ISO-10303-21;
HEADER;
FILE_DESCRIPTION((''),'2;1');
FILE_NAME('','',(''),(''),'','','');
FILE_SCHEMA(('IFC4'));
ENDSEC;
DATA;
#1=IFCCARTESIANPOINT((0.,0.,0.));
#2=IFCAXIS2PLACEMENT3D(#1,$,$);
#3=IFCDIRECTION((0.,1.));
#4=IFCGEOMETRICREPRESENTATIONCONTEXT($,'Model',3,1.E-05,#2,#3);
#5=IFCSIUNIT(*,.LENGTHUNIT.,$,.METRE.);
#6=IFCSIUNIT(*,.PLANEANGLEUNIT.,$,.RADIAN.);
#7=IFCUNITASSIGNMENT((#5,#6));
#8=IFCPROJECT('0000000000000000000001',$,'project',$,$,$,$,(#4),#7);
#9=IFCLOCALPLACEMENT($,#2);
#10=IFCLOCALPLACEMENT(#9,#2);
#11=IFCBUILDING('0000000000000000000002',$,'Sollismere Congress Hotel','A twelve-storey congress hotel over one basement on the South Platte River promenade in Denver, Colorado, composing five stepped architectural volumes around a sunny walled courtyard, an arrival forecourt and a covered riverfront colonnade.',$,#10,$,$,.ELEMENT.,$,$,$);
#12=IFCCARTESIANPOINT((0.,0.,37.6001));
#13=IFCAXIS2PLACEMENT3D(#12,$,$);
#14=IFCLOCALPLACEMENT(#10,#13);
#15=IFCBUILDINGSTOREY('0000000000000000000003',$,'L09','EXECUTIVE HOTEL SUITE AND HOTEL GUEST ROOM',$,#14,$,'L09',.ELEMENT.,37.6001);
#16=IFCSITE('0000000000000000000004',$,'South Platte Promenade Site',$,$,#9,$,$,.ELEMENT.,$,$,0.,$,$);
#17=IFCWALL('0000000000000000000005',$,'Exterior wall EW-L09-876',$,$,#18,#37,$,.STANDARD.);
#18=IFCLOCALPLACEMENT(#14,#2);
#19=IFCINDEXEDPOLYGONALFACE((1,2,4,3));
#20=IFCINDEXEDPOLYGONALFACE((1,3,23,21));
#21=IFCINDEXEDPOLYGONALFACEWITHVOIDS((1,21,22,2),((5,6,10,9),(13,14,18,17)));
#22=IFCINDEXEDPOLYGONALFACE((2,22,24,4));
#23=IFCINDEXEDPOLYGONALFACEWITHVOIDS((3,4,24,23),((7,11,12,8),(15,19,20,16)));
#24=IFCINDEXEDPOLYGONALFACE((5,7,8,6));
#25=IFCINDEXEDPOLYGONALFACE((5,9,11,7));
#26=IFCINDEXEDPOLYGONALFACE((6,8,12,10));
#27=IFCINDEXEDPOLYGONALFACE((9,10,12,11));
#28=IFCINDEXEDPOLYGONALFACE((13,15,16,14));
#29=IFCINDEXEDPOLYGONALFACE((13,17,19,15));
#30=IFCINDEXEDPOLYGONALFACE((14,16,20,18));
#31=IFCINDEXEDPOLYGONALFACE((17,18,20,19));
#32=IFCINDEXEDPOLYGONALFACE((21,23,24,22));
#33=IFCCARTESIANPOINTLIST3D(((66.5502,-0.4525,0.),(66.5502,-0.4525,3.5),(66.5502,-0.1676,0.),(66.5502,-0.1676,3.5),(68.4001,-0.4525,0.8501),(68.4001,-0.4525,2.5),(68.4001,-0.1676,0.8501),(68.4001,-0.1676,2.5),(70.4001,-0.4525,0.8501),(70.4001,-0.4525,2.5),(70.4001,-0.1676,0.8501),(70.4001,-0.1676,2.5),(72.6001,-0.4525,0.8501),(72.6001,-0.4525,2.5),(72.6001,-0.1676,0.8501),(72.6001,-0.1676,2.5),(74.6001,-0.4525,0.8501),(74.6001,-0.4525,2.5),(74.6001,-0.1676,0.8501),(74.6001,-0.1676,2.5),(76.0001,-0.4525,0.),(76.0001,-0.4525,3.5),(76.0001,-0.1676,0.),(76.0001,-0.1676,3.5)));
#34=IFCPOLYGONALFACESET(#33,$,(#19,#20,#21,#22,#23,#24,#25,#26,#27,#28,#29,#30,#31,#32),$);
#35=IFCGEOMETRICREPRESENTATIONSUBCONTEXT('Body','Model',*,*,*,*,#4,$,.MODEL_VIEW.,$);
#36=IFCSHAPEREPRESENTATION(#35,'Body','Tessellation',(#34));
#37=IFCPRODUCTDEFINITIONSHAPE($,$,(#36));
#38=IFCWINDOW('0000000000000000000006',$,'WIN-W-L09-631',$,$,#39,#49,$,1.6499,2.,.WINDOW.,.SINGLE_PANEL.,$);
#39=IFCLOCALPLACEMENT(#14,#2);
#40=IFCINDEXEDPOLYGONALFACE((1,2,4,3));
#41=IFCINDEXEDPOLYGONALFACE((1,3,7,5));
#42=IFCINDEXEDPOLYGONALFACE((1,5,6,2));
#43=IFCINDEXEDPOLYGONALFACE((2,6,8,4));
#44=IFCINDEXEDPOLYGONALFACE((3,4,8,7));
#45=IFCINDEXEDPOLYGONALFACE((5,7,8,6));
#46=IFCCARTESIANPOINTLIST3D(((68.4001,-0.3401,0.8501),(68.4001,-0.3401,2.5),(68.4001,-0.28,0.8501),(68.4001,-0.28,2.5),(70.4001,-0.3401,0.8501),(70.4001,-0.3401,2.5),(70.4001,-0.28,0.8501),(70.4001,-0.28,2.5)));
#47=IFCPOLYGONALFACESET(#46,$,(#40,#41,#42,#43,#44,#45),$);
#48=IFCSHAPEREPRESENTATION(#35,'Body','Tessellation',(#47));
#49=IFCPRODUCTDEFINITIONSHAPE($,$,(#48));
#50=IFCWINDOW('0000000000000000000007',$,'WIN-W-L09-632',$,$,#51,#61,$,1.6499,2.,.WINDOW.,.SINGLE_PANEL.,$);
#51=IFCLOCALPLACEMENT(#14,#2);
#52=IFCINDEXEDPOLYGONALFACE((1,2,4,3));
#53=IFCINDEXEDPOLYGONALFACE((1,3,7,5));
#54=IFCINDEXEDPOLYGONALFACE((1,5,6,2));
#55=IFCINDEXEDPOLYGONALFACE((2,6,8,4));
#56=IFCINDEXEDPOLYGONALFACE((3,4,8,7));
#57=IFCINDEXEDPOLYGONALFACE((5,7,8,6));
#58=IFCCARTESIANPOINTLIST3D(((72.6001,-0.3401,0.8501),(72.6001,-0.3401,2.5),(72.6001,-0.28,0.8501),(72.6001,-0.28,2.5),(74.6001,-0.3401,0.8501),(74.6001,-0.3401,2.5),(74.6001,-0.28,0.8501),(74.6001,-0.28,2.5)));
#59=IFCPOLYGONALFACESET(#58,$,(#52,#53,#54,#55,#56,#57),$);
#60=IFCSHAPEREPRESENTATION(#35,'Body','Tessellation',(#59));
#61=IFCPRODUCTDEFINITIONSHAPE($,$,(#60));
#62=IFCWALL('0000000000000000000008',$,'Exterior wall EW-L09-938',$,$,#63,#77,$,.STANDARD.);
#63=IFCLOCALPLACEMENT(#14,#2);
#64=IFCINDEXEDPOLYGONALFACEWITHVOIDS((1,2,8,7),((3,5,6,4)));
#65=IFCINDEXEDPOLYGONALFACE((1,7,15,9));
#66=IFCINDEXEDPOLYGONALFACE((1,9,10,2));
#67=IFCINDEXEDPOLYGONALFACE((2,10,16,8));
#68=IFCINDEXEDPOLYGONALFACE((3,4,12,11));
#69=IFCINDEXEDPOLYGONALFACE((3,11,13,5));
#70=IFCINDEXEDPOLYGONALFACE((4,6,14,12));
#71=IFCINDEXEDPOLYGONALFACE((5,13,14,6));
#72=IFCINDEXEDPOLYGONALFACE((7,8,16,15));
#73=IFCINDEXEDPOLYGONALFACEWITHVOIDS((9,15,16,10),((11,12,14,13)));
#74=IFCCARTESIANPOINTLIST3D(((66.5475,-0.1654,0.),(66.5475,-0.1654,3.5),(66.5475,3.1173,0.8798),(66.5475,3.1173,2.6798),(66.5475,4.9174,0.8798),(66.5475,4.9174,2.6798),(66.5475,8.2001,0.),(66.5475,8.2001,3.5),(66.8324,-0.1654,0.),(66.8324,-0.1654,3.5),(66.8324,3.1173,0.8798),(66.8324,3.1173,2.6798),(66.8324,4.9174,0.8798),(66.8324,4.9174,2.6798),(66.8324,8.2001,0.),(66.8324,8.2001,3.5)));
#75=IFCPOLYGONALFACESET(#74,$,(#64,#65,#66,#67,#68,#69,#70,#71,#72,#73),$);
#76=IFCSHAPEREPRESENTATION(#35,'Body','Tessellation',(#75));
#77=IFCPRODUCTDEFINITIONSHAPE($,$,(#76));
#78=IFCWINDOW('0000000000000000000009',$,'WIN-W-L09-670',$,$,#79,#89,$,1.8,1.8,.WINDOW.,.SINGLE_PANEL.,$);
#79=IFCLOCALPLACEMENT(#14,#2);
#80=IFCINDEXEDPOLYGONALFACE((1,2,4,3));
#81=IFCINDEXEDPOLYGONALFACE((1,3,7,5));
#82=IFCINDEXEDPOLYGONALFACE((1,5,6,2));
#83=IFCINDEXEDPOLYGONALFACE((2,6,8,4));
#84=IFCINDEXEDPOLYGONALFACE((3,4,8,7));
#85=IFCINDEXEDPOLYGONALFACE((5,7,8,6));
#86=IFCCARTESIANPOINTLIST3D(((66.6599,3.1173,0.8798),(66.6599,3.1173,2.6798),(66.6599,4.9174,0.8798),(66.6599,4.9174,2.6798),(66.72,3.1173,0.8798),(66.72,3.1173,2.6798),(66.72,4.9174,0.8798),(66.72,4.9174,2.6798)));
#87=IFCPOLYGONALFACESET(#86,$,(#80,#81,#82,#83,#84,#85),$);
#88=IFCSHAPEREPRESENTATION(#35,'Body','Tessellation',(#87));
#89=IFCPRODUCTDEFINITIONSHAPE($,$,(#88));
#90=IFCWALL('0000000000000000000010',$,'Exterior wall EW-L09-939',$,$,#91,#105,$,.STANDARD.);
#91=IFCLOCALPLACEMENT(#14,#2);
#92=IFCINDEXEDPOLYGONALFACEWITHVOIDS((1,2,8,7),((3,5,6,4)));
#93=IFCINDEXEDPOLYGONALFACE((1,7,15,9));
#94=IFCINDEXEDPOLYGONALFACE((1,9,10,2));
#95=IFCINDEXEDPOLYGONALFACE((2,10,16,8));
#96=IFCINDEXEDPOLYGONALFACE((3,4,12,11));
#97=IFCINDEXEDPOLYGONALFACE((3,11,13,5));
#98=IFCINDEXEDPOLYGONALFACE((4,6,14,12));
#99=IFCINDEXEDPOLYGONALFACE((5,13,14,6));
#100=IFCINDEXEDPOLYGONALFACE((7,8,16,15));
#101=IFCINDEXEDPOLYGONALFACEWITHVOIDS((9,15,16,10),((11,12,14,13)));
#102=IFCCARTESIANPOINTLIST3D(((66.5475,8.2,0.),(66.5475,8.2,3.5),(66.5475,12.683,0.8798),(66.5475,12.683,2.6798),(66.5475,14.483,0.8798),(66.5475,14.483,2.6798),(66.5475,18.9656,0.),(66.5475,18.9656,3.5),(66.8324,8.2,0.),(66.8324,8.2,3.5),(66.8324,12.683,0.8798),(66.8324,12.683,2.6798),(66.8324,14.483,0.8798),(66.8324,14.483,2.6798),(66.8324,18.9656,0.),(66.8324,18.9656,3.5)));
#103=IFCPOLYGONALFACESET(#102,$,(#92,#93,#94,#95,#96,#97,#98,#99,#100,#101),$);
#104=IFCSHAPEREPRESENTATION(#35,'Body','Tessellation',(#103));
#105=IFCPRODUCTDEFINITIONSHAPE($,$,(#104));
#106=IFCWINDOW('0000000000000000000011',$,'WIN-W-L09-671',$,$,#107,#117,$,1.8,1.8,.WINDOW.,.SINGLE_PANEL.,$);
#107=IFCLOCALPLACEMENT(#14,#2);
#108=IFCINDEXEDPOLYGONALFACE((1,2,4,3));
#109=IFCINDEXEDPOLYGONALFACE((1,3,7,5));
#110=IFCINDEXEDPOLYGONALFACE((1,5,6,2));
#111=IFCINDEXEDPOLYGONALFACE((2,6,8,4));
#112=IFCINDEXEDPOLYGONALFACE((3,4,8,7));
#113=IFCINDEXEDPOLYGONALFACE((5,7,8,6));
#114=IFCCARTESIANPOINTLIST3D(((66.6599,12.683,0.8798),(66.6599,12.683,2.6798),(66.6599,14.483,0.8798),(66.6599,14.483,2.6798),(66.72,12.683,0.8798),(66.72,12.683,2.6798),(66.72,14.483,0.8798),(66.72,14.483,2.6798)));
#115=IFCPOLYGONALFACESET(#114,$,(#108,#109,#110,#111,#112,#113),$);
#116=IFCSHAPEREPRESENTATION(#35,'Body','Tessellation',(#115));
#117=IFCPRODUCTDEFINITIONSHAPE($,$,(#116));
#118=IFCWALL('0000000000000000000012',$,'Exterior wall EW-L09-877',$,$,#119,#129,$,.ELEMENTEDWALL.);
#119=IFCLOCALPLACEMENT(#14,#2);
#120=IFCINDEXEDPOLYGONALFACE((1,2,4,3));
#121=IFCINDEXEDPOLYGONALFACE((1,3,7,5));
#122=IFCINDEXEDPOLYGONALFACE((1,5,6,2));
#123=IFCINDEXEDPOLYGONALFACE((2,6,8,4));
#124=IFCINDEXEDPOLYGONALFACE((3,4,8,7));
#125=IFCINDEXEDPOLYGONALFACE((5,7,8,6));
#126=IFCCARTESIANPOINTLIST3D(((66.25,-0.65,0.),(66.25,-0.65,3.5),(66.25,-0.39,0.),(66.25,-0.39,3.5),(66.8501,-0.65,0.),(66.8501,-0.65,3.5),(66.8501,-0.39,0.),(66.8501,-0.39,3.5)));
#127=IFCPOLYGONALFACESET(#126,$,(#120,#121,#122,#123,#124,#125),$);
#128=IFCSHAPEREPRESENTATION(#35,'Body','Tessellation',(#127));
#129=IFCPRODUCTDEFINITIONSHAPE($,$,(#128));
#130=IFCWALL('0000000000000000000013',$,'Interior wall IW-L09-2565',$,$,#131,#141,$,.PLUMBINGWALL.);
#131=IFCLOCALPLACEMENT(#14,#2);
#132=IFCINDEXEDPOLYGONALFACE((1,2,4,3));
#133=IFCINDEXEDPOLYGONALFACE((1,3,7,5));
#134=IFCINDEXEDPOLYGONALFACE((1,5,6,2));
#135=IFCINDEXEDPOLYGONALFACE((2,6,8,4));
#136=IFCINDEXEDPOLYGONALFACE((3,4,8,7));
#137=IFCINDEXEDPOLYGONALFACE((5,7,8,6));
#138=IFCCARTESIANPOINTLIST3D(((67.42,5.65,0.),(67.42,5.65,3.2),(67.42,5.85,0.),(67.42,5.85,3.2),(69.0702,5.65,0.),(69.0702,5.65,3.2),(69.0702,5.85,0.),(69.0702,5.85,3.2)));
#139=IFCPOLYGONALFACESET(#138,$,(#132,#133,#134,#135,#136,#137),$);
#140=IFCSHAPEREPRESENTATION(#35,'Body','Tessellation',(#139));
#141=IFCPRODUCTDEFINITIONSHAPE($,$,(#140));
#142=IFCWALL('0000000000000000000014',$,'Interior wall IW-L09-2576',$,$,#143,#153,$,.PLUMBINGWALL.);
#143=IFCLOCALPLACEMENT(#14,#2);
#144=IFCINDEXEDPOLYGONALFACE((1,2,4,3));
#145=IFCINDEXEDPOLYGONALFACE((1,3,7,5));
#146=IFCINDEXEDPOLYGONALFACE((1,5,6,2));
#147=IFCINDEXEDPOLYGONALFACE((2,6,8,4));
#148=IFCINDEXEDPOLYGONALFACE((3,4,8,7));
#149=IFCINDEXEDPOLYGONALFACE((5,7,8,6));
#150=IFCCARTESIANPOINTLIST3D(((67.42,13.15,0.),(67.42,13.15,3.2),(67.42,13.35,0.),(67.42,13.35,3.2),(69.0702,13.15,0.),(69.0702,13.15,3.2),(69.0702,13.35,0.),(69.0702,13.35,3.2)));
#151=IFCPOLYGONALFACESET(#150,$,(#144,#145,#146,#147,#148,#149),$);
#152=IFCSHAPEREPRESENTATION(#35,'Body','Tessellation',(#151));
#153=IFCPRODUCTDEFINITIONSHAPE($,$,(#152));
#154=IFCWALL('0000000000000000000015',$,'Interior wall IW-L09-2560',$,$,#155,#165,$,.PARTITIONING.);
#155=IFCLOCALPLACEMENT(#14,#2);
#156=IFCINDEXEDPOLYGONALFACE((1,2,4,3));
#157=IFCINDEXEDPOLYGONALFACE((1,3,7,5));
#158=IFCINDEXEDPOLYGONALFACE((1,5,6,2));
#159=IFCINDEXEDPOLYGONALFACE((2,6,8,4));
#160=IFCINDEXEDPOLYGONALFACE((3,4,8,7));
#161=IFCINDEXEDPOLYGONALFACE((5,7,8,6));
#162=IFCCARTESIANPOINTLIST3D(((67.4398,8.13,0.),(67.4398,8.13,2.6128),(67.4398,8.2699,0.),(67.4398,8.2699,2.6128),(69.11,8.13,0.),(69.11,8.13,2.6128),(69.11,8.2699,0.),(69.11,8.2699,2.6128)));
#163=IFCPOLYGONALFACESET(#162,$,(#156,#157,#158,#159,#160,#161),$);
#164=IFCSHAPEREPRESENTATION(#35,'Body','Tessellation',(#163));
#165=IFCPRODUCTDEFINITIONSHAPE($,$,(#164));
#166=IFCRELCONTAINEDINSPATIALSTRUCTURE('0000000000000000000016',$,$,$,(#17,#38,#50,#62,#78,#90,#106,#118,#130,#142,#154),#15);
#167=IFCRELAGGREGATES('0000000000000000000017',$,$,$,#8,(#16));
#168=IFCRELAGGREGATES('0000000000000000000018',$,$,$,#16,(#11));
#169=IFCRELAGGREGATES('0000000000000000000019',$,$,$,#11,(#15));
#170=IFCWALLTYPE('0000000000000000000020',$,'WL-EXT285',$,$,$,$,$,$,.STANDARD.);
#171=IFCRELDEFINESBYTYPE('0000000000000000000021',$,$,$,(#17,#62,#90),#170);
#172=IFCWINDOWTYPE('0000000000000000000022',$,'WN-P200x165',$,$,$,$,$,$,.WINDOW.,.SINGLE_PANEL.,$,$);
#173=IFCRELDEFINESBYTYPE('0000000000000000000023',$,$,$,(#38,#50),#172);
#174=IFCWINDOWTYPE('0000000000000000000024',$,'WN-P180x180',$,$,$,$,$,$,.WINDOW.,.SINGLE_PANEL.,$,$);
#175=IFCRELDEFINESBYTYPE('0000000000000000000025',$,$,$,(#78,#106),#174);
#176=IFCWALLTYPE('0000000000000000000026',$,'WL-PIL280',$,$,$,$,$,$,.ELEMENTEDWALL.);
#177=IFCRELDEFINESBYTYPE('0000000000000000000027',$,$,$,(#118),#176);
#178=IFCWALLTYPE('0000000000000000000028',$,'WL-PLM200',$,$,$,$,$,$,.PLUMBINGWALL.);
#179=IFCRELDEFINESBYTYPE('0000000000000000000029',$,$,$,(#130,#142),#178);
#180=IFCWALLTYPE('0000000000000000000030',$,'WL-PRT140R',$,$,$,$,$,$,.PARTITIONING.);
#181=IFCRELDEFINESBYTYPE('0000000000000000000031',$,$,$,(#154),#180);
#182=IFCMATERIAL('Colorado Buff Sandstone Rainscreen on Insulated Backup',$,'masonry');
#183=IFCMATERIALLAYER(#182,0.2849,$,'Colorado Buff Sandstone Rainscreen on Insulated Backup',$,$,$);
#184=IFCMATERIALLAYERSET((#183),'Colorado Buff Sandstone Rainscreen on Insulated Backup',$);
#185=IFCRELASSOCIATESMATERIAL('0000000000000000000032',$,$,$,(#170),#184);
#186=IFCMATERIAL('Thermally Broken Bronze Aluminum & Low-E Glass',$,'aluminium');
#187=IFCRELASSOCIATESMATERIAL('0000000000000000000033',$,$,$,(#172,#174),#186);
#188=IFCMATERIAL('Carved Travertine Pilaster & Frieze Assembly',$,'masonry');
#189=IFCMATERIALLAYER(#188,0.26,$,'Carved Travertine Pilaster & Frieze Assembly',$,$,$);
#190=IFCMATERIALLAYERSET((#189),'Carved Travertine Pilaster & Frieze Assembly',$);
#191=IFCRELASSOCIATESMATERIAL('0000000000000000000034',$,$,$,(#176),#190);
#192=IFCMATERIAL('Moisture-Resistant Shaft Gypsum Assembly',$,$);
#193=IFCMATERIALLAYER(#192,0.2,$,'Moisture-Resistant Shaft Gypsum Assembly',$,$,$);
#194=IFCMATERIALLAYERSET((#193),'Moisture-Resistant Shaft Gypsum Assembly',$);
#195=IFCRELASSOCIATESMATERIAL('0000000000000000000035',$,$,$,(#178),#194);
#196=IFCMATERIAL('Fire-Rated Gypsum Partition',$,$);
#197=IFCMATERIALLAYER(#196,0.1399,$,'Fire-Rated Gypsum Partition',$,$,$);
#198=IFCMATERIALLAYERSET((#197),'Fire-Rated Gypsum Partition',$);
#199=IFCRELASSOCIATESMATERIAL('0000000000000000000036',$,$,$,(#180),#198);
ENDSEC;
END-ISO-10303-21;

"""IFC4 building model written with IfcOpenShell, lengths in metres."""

from ifc_helpers import new_model, si_unit, direction, frame, frame_2d, origin, place, context, subcontext, project, spatial, rectangle, extrude, material, layer, layer_set, type_object, element, fill, save


model = new_model("IFC4")

# Units and contexts
model_context = context("Model", 3, precision=1e-05, world=origin(), true_north=direction((0.0, 1.0)))
body_context = subcontext(model_context, "Body", "Model", "MODEL_VIEW")
ifc_project = project(units=[si_unit("LENGTHUNIT", "METRE"), si_unit("PLANEANGLEUNIT", "RADIAN")], contexts=[model_context])

# Site, building, storey
site_placement = place(None, origin())
site = spatial("IfcSite", under=ifc_project, at=site_placement, Name="South Platte Promenade Site", CompositionType="ELEMENT", RefElevation=0.0)
building_placement = place(site_placement, origin())
building = spatial("IfcBuilding", under=site, at=building_placement, Name="Sollismere Congress Hotel", Description="A twelve-storey congress hotel over one basement on the South Platte River promenade in Denver, Colorado, composing five stepped architectural volumes around a sunny walled courtyard, an arrival forecourt and a covered riverfront colonnade.", CompositionType="ELEMENT")
storey_placement = place(building_placement, frame((0.0, 0.0, 37.6001)))
storey = spatial("IfcBuildingStorey", under=building, at=storey_placement, Name="L09", Description="EXECUTIVE HOTEL SUITE AND HOTEL GUEST ROOM", LongName="L09", CompositionType="ELEMENT", Elevation=37.6001)

# Wall, openings, windows
ifc_material_1 = material(Name="Colorado Buff Sandstone Rainscreen on Insulated Backup", Category="masonry")
ifc_layer_1 = layer(ifc_material_1, 0.2849, Name="Colorado Buff Sandstone Rainscreen on Insulated Backup")
ifc_layer_set_1 = layer_set([ifc_layer_1], Name="Colorado Buff Sandstone Rainscreen on Insulated Backup")
wall_type_1 = type_object("IfcWallType", Name="WL-EXT285", PredefinedType="STANDARD", material=ifc_layer_set_1)
wall_1_placement = place(storey_placement, frame((66.55, -0.3101, 0.0), z_axis=(0.0, 0.0, 1.0), x_axis=(1.0, 0.0, 0.0)))
wall_1 = element("IfcWall", 1, at=wall_1_placement, inside=storey, type_object=wall_type_1, Name="Exterior wall EW-L09-876", PredefinedType="STANDARD", context=body_context, shape_type="SweptSolid", body=[
    extrude(rectangle(XDim=9.45, YDim=0.2849, at=frame_2d((4.7251, 0.0))), origin(), (0.0, 0.0, 1.0), 3.5),
])
opening_1_placement = place(wall_1_placement, frame((1.8501, 0.0, 0.8501)))
opening_1 = element("IfcOpeningElement", 2, at=opening_1_placement, cuts=wall_1, PredefinedType="OPENING", context=body_context, shape_type="SweptSolid", body=[
    extrude(rectangle(XDim=2.0, YDim=1.6499, at=frame_2d((1.0, 0.825))), frame((0.0, 0.1523, 0.0), z_axis=(0.0, -1.0, 0.0), x_axis=(1.0, 0.0, 0.0)), (0.0, 0.0, 1.0), 0.3049),
])
opening_2_placement = place(wall_1_placement, frame((6.05, 0.0, 0.8501)))
opening_2 = element("IfcOpeningElement", 3, at=opening_2_placement, cuts=wall_1, PredefinedType="OPENING", context=body_context, shape_type="SweptSolid", body=[
    extrude(rectangle(XDim=2.0, YDim=1.6499, at=frame_2d((1.0, 0.825))), frame((0.0, 0.1523, 0.0), z_axis=(0.0, -1.0, 0.0), x_axis=(1.0, 0.0, 0.0)), (0.0, 0.0, 1.0), 0.3049),
])
ifc_material_2 = material(Name="Thermally Broken Bronze Aluminum & Low-E Glass", Category="aluminium")
window_type_1 = type_object("IfcWindowType", Name="WN-P200x165", PartitioningType="SINGLE_PANEL", PredefinedType="WINDOW", material=ifc_material_2)
window_1_placement = place(opening_1_placement, origin())
window_1 = element("IfcWindow", 4, at=window_1_placement, inside=storey, type_object=window_type_1, Name="WIN-W-L09-631", OverallHeight=1.6499, OverallWidth=2.0, PartitioningType="SINGLE_PANEL", PredefinedType="WINDOW", context=body_context, shape_type="SweptSolid", body=[
    extrude(rectangle(XDim=2.0, YDim=1.6499, at=frame_2d((1.0, 0.825))), frame((0.0, 0.03, 0.0), z_axis=(0.0, -1.0, 0.0), x_axis=(1.0, 0.0, 0.0)), (0.0, 0.0, 1.0), 0.0601),
])
fill(opening_1, window_1)
window_2_placement = place(opening_2_placement, origin())
window_2 = element("IfcWindow", 5, at=window_2_placement, inside=storey, type_object=window_type_1, Name="WIN-W-L09-632", OverallHeight=1.6499, OverallWidth=2.0, PartitioningType="SINGLE_PANEL", PredefinedType="WINDOW", context=body_context, shape_type="SweptSolid", body=[
    extrude(rectangle(XDim=2.0, YDim=1.6499, at=frame_2d((1.0, 0.825))), frame((0.0, 0.03, 0.0), z_axis=(0.0, -1.0, 0.0), x_axis=(1.0, 0.0, 0.0)), (0.0, 0.0, 1.0), 0.0601),
])
fill(opening_2, window_2)

# Walls, openings, windows
wall_2_placement = place(storey_placement, frame((66.6899, 8.2, 0.0), z_axis=(0.0, 0.0, 1.0), x_axis=(0.0, -1.0, 0.0)))
wall_2 = element("IfcWall", 6, at=wall_2_placement, inside=storey, type_object=wall_type_1, Name="Exterior wall EW-L09-938", PredefinedType="STANDARD", context=body_context, shape_type="SweptSolid", body=[
    extrude(rectangle(XDim=8.3655, YDim=0.2849, at=frame_2d((4.1826, 0.0))), origin(), (0.0, 0.0, 1.0), 3.5),
])
opening_3_placement = place(wall_2_placement, frame((3.2827, 0.0, 0.8799)))
opening_3 = element("IfcOpeningElement", 7, at=opening_3_placement, cuts=wall_2, PredefinedType="OPENING", context=body_context, shape_type="SweptSolid", body=[
    extrude(rectangle(XDim=1.8, YDim=1.8, at=frame_2d((0.8999, 0.8999))), frame((0.0, 0.1523, 0.0), z_axis=(0.0, -1.0, 0.0), x_axis=(1.0, 0.0, 0.0)), (0.0, 0.0, 1.0), 0.3049),
])
window_type_2 = type_object("IfcWindowType", Name="WN-P180x180", PartitioningType="SINGLE_PANEL", PredefinedType="WINDOW", material=ifc_material_2)
window_3_placement = place(opening_3_placement, origin())
window_3 = element("IfcWindow", 8, at=window_3_placement, inside=storey, type_object=window_type_2, Name="WIN-W-L09-670", OverallHeight=1.8, OverallWidth=1.8, PartitioningType="SINGLE_PANEL", PredefinedType="WINDOW", context=body_context, shape_type="SweptSolid", body=[
    extrude(rectangle(XDim=1.8, YDim=1.8, at=frame_2d((0.8999, 0.8999))), frame((0.0, 0.03, 0.0), z_axis=(0.0, -1.0, 0.0), x_axis=(1.0, 0.0, 0.0)), (0.0, 0.0, 1.0), 0.0601),
])
fill(opening_3, window_3)
wall_3_placement = place(storey_placement, frame((66.6899, 18.9656, 0.0), z_axis=(0.0, 0.0, 1.0), x_axis=(0.0, -1.0, 0.0)))
wall_3 = element("IfcWall", 9, at=wall_3_placement, inside=storey, type_object=wall_type_1, Name="Exterior wall EW-L09-939", PredefinedType="STANDARD", context=body_context, shape_type="SweptSolid", body=[
    extrude(rectangle(XDim=10.7656, YDim=0.2849, at=frame_2d((5.3828, 0.0))), origin(), (0.0, 0.0, 1.0), 3.5),
])
opening_4_placement = place(wall_3_placement, frame((4.4827, 0.0, 0.8799)))
opening_4 = element("IfcOpeningElement", 10, at=opening_4_placement, cuts=wall_3, PredefinedType="OPENING", context=body_context, shape_type="SweptSolid", body=[
    extrude(rectangle(XDim=1.8, YDim=1.8, at=frame_2d((0.8999, 0.8999))), frame((0.0, 0.1523, 0.0), z_axis=(0.0, -1.0, 0.0), x_axis=(1.0, 0.0, 0.0)), (0.0, 0.0, 1.0), 0.3049),
])
window_4_placement = place(opening_4_placement, origin())
window_4 = element("IfcWindow", 11, at=window_4_placement, inside=storey, type_object=window_type_2, Name="WIN-W-L09-671", OverallHeight=1.8, OverallWidth=1.8, PartitioningType="SINGLE_PANEL", PredefinedType="WINDOW", context=body_context, shape_type="SweptSolid", body=[
    extrude(rectangle(XDim=1.8, YDim=1.8, at=frame_2d((0.8999, 0.8999))), frame((0.0, 0.03, 0.0), z_axis=(0.0, -1.0, 0.0), x_axis=(1.0, 0.0, 0.0)), (0.0, 0.0, 1.0), 0.0601),
])
fill(opening_4, window_4)

# Walls
ifc_material_3 = material(Name="Carved Travertine Pilaster & Frieze Assembly", Category="masonry")
ifc_layer_2 = layer(ifc_material_3, 0.26, Name="Carved Travertine Pilaster & Frieze Assembly")
ifc_layer_set_2 = layer_set([ifc_layer_2], Name="Carved Travertine Pilaster & Frieze Assembly")
wall_type_2 = type_object("IfcWallType", Name="WL-PIL280", PredefinedType="ELEMENTEDWALL", material=ifc_layer_set_2)
wall_4_placement = place(storey_placement, frame((66.25, -0.52, 0.0), z_axis=(0.0, 0.0, 1.0), x_axis=(1.0, 0.0, 0.0)))
element("IfcWall", 12, at=wall_4_placement, inside=storey, type_object=wall_type_2, Name="Exterior wall EW-L09-877", PredefinedType="ELEMENTEDWALL", context=body_context, shape_type="SweptSolid", body=[
    extrude(rectangle(XDim=0.6001, YDim=0.26, at=frame_2d((0.3, 0.0))), origin(), (0.0, 0.0, 1.0), 3.5),
])
ifc_material_4 = material(Name="Moisture-Resistant Shaft Gypsum Assembly")
ifc_layer_3 = layer(ifc_material_4, 0.2, Name="Moisture-Resistant Shaft Gypsum Assembly")
ifc_layer_set_3 = layer_set([ifc_layer_3], Name="Moisture-Resistant Shaft Gypsum Assembly")
wall_type_3 = type_object("IfcWallType", Name="WL-PLM200", PredefinedType="PLUMBINGWALL", material=ifc_layer_set_3)
for number, where, z_axis, x_axis, name in (
    (13, (67.4199, 5.75, 0.0), (0.0, 0.0, 1.0), (1.0, 0.0, 0.0), "Interior wall IW-L09-2565"),
    (14, (67.4199, 13.25, 0.0), (0.0, 0.0, 1.0), (1.0, 0.0, 0.0), "Interior wall IW-L09-2576"),
):
    element("IfcWall", number, at=place(storey_placement, frame(where, z_axis=z_axis, x_axis=x_axis)), inside=storey, type_object=wall_type_3, Name=name, PredefinedType="PLUMBINGWALL", context=body_context, shape_type="SweptSolid", body=[
        extrude(rectangle(XDim=1.6501, YDim=0.2, at=frame_2d((0.8252, 0.0))), origin(), (0.0, 0.0, 1.0), 3.2),
    ])
ifc_material_5 = material(Name="Fire-Rated Gypsum Partition")
ifc_layer_4 = layer(ifc_material_5, 0.1399, Name="Fire-Rated Gypsum Partition")
ifc_layer_set_4 = layer_set([ifc_layer_4], Name="Fire-Rated Gypsum Partition")
wall_type_4 = type_object("IfcWallType", Name="WL-PRT140R", PredefinedType="PARTITIONING", material=ifc_layer_set_4)
wall_5_placement = place(storey_placement, frame((67.4399, 8.2, 0.0), z_axis=(0.0, 0.0, 1.0), x_axis=(1.0, 0.0, 0.0)))
element("IfcWall", 15, at=wall_5_placement, inside=storey, type_object=wall_type_4, Name="Interior wall IW-L09-2560", PredefinedType="PARTITIONING", context=body_context, shape_type="SweptSolid", body=[
    extrude(rectangle(XDim=1.6702, YDim=0.1399, at=frame_2d((0.835, 0.0))), origin(), (0.0, 0.0, 1.0), 2.6128),
])

save(model, "model.ifc")
